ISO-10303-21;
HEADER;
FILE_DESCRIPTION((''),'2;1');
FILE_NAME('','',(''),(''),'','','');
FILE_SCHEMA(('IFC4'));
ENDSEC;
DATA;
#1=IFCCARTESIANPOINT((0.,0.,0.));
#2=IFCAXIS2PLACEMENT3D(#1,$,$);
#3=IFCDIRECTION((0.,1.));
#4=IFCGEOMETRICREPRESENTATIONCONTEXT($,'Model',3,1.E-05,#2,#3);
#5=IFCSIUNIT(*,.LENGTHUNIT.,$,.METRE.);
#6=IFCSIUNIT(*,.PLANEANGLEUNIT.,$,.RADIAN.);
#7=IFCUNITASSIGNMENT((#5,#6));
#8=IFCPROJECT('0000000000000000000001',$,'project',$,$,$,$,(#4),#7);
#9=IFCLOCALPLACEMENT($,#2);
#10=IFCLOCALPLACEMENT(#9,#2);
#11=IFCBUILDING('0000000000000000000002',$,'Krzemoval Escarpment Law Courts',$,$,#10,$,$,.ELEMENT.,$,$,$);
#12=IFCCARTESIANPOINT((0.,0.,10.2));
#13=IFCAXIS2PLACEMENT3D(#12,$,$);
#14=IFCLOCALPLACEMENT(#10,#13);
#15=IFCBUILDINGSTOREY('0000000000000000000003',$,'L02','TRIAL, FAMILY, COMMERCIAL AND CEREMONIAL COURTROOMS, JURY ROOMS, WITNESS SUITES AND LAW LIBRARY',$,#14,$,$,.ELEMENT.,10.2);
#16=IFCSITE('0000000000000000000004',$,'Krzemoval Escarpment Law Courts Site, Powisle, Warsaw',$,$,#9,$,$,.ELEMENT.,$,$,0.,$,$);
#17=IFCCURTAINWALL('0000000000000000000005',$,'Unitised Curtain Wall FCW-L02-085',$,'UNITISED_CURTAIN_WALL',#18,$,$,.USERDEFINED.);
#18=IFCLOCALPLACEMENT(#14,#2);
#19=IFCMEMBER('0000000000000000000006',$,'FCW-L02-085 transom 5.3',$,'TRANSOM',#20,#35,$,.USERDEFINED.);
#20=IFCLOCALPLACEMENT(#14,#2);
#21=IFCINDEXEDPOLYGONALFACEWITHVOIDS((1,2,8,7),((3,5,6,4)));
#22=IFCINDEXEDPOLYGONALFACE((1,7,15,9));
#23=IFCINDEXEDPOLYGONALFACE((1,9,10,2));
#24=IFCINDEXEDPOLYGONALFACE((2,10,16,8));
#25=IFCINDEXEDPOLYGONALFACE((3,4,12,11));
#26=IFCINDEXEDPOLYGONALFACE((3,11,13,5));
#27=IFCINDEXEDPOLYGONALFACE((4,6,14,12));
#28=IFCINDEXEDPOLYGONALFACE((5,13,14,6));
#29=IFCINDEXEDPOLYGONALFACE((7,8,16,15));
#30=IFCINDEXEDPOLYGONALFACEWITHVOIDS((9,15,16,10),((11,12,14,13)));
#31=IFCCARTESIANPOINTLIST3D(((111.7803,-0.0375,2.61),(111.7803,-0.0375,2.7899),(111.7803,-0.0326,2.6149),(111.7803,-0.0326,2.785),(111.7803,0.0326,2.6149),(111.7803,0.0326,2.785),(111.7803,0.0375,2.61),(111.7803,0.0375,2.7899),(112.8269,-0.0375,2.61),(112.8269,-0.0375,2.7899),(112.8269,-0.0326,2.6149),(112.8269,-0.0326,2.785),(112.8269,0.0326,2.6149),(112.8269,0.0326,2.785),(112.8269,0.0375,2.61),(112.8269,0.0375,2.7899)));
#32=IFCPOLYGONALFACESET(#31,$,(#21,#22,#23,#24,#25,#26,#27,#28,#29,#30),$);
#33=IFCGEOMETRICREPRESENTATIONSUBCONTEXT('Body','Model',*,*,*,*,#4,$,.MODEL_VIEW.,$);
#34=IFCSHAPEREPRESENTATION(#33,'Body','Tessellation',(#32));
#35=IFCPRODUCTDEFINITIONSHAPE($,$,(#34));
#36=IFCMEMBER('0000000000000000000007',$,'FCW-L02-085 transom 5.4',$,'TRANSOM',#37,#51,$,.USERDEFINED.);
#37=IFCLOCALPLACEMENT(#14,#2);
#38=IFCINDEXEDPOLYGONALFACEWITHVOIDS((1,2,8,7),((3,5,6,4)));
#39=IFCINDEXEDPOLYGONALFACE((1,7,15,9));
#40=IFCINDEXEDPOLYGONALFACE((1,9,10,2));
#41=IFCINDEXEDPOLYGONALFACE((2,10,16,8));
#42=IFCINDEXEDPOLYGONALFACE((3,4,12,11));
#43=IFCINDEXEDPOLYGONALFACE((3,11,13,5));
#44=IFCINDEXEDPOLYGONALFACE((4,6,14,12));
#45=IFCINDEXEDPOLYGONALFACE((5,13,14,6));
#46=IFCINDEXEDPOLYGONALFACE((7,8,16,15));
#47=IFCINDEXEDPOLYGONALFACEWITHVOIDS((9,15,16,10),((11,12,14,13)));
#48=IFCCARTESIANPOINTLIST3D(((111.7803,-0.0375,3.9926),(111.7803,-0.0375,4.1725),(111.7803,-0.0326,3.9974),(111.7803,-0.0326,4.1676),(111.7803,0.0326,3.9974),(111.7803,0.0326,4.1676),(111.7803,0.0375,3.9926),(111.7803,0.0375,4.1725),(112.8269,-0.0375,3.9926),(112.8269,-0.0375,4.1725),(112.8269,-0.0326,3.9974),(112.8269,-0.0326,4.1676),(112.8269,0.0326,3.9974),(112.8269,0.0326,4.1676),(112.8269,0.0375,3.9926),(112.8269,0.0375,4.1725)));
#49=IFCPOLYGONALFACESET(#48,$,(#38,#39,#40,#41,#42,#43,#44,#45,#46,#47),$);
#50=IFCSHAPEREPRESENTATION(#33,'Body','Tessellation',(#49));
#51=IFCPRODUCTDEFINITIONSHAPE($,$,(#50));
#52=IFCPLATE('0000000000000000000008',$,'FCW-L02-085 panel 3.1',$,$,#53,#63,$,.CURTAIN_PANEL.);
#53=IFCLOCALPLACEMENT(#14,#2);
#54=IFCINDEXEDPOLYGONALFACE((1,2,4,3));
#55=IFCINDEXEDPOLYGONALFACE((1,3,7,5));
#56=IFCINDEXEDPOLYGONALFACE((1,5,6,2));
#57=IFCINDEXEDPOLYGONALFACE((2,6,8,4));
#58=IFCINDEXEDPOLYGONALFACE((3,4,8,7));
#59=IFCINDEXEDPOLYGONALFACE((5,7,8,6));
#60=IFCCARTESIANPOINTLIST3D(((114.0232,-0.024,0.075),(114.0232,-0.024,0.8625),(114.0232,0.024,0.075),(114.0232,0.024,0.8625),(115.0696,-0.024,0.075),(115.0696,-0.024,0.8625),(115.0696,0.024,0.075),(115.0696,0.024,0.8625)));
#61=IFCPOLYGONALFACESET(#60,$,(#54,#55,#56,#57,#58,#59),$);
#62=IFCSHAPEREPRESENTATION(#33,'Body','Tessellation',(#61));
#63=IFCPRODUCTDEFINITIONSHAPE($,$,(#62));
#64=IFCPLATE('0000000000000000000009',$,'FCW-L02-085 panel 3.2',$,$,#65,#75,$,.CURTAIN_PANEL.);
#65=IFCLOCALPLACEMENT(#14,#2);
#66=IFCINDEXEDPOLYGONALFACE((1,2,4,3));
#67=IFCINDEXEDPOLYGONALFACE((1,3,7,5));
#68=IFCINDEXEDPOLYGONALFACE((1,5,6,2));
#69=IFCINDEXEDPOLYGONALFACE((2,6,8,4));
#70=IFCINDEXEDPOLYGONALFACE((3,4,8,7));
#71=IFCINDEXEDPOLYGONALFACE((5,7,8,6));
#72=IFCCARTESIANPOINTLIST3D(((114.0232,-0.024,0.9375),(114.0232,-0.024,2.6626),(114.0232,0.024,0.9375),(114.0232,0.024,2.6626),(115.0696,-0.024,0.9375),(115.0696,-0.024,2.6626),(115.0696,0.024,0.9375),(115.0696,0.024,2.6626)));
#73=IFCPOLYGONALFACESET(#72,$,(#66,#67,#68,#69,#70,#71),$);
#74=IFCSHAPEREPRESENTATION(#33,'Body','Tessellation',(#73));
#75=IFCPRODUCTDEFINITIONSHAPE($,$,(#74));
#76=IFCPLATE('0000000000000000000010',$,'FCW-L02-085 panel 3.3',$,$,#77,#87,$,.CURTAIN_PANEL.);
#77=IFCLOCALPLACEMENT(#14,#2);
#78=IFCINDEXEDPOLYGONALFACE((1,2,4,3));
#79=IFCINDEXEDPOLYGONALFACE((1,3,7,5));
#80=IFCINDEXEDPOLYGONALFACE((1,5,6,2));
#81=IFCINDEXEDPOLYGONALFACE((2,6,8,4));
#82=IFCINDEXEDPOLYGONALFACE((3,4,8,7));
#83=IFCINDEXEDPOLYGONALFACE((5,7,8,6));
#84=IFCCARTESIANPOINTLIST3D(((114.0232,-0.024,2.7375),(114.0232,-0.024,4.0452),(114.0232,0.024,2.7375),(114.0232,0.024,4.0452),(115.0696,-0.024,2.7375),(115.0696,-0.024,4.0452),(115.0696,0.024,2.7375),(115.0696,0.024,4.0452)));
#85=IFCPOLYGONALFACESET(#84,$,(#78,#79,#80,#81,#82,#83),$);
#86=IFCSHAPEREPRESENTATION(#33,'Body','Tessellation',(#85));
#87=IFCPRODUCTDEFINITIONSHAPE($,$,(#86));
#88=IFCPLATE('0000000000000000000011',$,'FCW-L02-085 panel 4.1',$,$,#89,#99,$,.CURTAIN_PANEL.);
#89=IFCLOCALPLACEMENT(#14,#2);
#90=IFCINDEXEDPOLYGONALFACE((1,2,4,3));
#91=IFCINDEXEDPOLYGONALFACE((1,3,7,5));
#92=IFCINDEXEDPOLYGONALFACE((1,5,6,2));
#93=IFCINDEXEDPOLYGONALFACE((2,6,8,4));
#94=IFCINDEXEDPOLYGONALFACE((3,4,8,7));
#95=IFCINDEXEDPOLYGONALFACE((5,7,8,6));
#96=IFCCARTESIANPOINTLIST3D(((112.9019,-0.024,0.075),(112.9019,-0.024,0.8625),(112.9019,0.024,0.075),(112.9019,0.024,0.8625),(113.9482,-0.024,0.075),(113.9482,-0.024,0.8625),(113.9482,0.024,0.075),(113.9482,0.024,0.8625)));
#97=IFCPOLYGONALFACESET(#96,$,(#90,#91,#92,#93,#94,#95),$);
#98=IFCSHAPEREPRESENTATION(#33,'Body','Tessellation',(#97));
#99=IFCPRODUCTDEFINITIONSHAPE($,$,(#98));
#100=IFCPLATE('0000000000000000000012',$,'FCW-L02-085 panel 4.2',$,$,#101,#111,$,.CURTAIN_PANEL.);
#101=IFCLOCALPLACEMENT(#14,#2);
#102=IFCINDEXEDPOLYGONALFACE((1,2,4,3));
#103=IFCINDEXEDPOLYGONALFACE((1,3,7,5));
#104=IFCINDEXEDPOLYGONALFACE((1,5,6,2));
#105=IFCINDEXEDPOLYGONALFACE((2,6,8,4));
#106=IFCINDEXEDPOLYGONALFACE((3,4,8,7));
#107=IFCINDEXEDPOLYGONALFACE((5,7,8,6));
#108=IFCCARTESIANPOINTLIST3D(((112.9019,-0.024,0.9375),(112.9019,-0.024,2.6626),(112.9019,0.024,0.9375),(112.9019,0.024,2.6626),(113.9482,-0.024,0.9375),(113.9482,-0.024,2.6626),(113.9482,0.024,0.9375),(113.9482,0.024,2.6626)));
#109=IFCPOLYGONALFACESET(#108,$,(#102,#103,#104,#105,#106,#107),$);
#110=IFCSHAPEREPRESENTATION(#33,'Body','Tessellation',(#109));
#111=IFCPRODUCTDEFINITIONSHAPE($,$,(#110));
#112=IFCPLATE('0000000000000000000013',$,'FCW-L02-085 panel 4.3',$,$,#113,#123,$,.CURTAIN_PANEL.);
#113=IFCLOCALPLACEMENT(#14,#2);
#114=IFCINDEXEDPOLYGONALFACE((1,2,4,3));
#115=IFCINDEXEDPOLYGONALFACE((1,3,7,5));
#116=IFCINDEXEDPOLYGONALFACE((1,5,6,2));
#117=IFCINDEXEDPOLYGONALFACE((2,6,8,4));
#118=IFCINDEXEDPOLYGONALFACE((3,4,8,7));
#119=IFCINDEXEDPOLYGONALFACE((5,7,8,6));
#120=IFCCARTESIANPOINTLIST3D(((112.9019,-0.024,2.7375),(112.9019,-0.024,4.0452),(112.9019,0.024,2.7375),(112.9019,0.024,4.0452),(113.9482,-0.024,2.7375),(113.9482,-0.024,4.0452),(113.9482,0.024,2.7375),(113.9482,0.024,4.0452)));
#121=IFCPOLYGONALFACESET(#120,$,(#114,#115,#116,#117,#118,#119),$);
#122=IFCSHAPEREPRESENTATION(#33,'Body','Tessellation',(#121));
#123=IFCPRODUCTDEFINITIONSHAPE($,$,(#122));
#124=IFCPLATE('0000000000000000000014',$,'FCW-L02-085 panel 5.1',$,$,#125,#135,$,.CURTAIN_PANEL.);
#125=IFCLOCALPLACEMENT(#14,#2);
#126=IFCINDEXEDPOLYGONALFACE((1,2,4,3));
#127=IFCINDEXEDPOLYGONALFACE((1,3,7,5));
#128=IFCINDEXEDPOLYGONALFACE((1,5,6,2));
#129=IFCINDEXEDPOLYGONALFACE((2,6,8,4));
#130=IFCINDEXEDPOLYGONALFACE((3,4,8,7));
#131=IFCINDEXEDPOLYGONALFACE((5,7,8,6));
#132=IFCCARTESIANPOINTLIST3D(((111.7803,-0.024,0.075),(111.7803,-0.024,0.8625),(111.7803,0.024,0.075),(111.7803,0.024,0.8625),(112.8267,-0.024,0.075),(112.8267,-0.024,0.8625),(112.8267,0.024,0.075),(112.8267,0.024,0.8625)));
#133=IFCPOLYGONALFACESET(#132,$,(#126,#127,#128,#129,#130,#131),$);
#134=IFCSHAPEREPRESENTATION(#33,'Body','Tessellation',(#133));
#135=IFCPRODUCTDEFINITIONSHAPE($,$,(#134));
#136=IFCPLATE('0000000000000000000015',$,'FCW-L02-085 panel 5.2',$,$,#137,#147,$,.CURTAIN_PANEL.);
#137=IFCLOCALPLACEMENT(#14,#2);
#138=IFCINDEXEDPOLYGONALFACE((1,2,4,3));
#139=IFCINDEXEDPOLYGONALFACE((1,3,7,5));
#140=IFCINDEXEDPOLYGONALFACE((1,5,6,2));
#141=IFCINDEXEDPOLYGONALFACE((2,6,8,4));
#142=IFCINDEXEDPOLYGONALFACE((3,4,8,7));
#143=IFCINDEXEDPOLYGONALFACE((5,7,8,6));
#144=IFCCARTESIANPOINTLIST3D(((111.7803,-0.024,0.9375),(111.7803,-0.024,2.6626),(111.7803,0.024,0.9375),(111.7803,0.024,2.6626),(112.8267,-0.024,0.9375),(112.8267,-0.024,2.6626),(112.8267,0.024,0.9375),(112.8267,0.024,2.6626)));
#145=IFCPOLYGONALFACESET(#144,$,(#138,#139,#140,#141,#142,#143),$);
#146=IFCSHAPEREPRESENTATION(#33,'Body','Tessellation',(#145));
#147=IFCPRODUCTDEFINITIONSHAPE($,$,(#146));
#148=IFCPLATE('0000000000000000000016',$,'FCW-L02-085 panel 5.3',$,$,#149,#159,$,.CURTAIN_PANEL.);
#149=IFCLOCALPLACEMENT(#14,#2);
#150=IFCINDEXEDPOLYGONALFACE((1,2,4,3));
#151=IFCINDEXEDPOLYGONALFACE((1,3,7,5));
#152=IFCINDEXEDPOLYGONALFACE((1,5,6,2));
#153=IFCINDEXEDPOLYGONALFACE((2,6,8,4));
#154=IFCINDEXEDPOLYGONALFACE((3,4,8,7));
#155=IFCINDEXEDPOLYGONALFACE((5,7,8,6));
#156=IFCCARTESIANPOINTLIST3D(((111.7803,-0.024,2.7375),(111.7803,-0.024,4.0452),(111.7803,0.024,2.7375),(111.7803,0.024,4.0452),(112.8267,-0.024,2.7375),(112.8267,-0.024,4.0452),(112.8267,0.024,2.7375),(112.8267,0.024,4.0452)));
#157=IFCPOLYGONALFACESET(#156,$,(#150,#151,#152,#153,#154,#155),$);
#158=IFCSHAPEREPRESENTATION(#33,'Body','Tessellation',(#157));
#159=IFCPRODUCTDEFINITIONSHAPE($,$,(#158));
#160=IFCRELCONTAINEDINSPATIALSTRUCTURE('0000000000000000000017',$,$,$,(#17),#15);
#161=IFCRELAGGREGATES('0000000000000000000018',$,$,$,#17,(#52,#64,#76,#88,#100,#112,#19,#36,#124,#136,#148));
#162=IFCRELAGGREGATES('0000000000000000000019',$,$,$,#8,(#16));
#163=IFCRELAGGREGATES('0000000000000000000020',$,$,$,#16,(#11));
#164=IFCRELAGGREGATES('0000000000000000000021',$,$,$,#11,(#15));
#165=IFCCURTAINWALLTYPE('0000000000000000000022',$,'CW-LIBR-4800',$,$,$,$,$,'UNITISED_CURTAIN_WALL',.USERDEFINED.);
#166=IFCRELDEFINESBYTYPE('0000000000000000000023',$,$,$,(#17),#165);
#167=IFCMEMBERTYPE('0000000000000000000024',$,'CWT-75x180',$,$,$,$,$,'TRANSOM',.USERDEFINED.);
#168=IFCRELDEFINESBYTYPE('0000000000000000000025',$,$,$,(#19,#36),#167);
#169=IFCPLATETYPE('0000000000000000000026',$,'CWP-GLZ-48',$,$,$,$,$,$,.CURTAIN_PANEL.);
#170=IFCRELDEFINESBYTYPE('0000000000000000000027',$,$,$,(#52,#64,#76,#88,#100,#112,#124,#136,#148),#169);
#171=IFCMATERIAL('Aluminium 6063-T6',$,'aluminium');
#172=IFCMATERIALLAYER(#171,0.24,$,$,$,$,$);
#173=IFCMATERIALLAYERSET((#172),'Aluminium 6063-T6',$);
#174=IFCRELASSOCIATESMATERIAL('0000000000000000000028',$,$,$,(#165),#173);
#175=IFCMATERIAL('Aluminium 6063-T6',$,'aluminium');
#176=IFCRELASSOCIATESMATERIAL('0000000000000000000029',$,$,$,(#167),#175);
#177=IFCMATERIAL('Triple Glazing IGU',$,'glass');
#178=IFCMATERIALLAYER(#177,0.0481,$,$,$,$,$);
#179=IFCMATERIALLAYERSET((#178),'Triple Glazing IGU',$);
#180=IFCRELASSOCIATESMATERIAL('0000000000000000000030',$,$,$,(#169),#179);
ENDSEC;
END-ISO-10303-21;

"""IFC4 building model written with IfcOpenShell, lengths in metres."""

from ifc_helpers import new_model, si_unit, direction, frame, origin, origin_2d, place, context, subcontext, project, spatial, rectangle, hollow_rectangle, extrude, material, layer, layer_set, material_profile, profile_set, type_object, element, aggregate, save


model = new_model("IFC4")

# Units and contexts
model_context = context("Model", 3, precision=1e-05, world=origin(), true_north=direction((0.0, 1.0)))
body_context = subcontext(model_context, "Body", "Model", "MODEL_VIEW")
ifc_project = project(units=[si_unit("LENGTHUNIT", "METRE"), si_unit("PLANEANGLEUNIT", "RADIAN")], contexts=[model_context])

# Site, building, storey
site_placement = place(None, origin())
site = spatial("IfcSite", under=ifc_project, at=site_placement, Name="Krzemoval Escarpment Law Courts Site, Powisle, Warsaw", CompositionType="ELEMENT", RefElevation=0.0)
building_placement = place(site_placement, origin())
building = spatial("IfcBuilding", under=site, at=building_placement, Name="Krzemoval Escarpment Law Courts", CompositionType="ELEMENT")
storey_placement = place(building_placement, frame((0.0, 0.0, 10.2)))
storey = spatial("IfcBuildingStorey", under=building, at=storey_placement, Name="L02", Description="TRIAL, FAMILY, COMMERCIAL AND CEREMONIAL COURTROOMS, JURY ROOMS, WITNESS SUITES AND LAW LIBRARY", CompositionType="ELEMENT", Elevation=10.2)

# Curtain wall, members, plates
ifc_material_1 = material(Name="Aluminium 6063-T6", Category="aluminium")
ifc_layer_1 = layer(ifc_material_1, 0.24)
ifc_layer_set_1 = layer_set([ifc_layer_1], Name="Aluminium 6063-T6")
curtain_wall_type = type_object("IfcCurtainWallType", Name="CW-LIBR-4800", ElementType="UNITISED_CURTAIN_WALL", PredefinedType="USERDEFINED", material=ifc_layer_set_1)
curtain_wall_placement = place(storey_placement, origin())
curtain_wall = element("IfcCurtainWall", 1, at=curtain_wall_placement, inside=storey, type_object=curtain_wall_type, Name="Unitised Curtain Wall FCW-L02-085", ObjectType="UNITISED_CURTAIN_WALL", PredefinedType="USERDEFINED")
ifc_material_2 = material(Name="Aluminium 6063-T6", Category="aluminium")
ifc_material_profile_1 = material_profile(ifc_material_2, hollow_rectangle(XDim=0.075, YDim=0.1799, WallThickness=0.0049, at=origin_2d()), Name="ALU T75x180")
ifc_profile_set_1 = profile_set([ifc_material_profile_1], Name="Aluminium 6063-T6")
member_type_1 = type_object("IfcMemberType", Name="CWT-75x180", ElementType="TRANSOM", PredefinedType="USERDEFINED", material=ifc_profile_set_1)
member_1_placement = place(storey_placement, frame((112.8269, 0.0, 2.7), z_axis=(-1.0, 0.0, 0.0), x_axis=(0.0, -1.0, 0.0)))
member_1 = element("IfcMember", 2, at=member_1_placement, type_object=member_type_1, Name="FCW-L02-085 transom 5.3", ObjectType="TRANSOM", PredefinedType="USERDEFINED", context=body_context, shape_type="SweptSolid", body=[
    extrude(hollow_rectangle(XDim=0.075, YDim=0.1799, WallThickness=0.0049, at=origin_2d()), origin(), (0.0, 0.0, 1.0), 1.0466),
])
member_2_placement = place(storey_placement, frame((112.8269, 0.0, 4.0825), z_axis=(-1.0, 0.0, 0.0), x_axis=(0.0, -1.0, 0.0)))
member_2 = element("IfcMember", 3, at=member_2_placement, type_object=member_type_1, Name="FCW-L02-085 transom 5.4", ObjectType="TRANSOM", PredefinedType="USERDEFINED", context=body_context, shape_type="SweptSolid", body=[
    extrude(hollow_rectangle(XDim=0.075, YDim=0.1799, WallThickness=0.0049, at=origin_2d()), origin(), (0.0, 0.0, 1.0), 1.0466),
])
ifc_material_3 = material(Name="Triple Glazing IGU", Category="glass")
ifc_layer_2 = layer(ifc_material_3, 0.0481)
ifc_layer_set_2 = layer_set([ifc_layer_2], Name="Triple Glazing IGU")
plate_type = type_object("IfcPlateType", Name="CWP-GLZ-48", PredefinedType="CURTAIN_PANEL", material=ifc_layer_set_2)
plate_1_placement = place(storey_placement, frame((114.5464, 0.0, 0.075), z_axis=(0.0, 0.0, 1.0), x_axis=(-1.0, 0.0, 0.0)))
plate_1 = element("IfcPlate", 4, at=plate_1_placement, type_object=plate_type, Name="FCW-L02-085 panel 3.1", PredefinedType="CURTAIN_PANEL", context=body_context, shape_type="SweptSolid", body=[
    extrude(rectangle(XDim=1.0464, YDim=0.0481, at=origin_2d()), origin(), (0.0, 0.0, 1.0), 0.7876),
])
plate_2_placement = place(storey_placement, frame((114.5464, 0.0, 0.9375), z_axis=(0.0, 0.0, 1.0), x_axis=(-1.0, 0.0, 0.0)))
plate_2 = element("IfcPlate", 5, at=plate_2_placement, type_object=plate_type, Name="FCW-L02-085 panel 3.2", PredefinedType="CURTAIN_PANEL", context=body_context, shape_type="SweptSolid", body=[
    extrude(rectangle(XDim=1.0464, YDim=0.0481, at=origin_2d()), origin(), (0.0, 0.0, 1.0), 1.7251),
])
plate_3_placement = place(storey_placement, frame((114.5464, 0.0, 2.7375), z_axis=(0.0, 0.0, 1.0), x_axis=(-1.0, 0.0, 0.0)))
plate_3 = element("IfcPlate", 6, at=plate_3_placement, type_object=plate_type, Name="FCW-L02-085 panel 3.3", PredefinedType="CURTAIN_PANEL", context=body_context, shape_type="SweptSolid", body=[
    extrude(rectangle(XDim=1.0464, YDim=0.0481, at=origin_2d()), origin(), (0.0, 0.0, 1.0), 1.3076),
])
plate_4_placement = place(storey_placement, frame((113.425, 0.0, 0.075), z_axis=(0.0, 0.0, 1.0), x_axis=(-1.0, 0.0, 0.0)))
plate_4 = element("IfcPlate", 7, at=plate_4_placement, type_object=plate_type, Name="FCW-L02-085 panel 4.1", PredefinedType="CURTAIN_PANEL", context=body_context, shape_type="SweptSolid", body=[
    extrude(rectangle(XDim=1.0464, YDim=0.0481, at=origin_2d()), origin(), (0.0, 0.0, 1.0), 0.7876),
])
plate_5_placement = place(storey_placement, frame((113.425, 0.0, 0.9375), z_axis=(0.0, 0.0, 1.0), x_axis=(-1.0, 0.0, 0.0)))
plate_5 = element("IfcPlate", 8, at=plate_5_placement, type_object=plate_type, Name="FCW-L02-085 panel 4.2", PredefinedType="CURTAIN_PANEL", context=body_context, shape_type="SweptSolid", body=[
    extrude(rectangle(XDim=1.0464, YDim=0.0481, at=origin_2d()), origin(), (0.0, 0.0, 1.0), 1.7251),
])
plate_6_placement = place(storey_placement, frame((113.425, 0.0, 2.7375), z_axis=(0.0, 0.0, 1.0), x_axis=(-1.0, 0.0, 0.0)))
plate_6 = element("IfcPlate", 9, at=plate_6_placement, type_object=plate_type, Name="FCW-L02-085 panel 4.3", PredefinedType="CURTAIN_PANEL", context=body_context, shape_type="SweptSolid", body=[
    extrude(rectangle(XDim=1.0464, YDim=0.0481, at=origin_2d()), origin(), (0.0, 0.0, 1.0), 1.3076),
])
plate_7_placement = place(storey_placement, frame((112.3035, 0.0, 0.075), z_axis=(0.0, 0.0, 1.0), x_axis=(-1.0, 0.0, 0.0)))
plate_7 = element("IfcPlate", 10, at=plate_7_placement, type_object=plate_type, Name="FCW-L02-085 panel 5.1", PredefinedType="CURTAIN_PANEL", context=body_context, shape_type="SweptSolid", body=[
    extrude(rectangle(XDim=1.0464, YDim=0.0481, at=origin_2d()), origin(), (0.0, 0.0, 1.0), 0.7876),
])
plate_8_placement = place(storey_placement, frame((112.3035, 0.0, 0.9375), z_axis=(0.0, 0.0, 1.0), x_axis=(-1.0, 0.0, 0.0)))
plate_8 = element("IfcPlate", 11, at=plate_8_placement, type_object=plate_type, Name="FCW-L02-085 panel 5.2", PredefinedType="CURTAIN_PANEL", context=body_context, shape_type="SweptSolid", body=[
    extrude(rectangle(XDim=1.0464, YDim=0.0481, at=origin_2d()), origin(), (0.0, 0.0, 1.0), 1.7251),
])
plate_9_placement = place(storey_placement, frame((112.3035, 0.0, 2.7375), z_axis=(0.0, 0.0, 1.0), x_axis=(-1.0, 0.0, 0.0)))
plate_9 = element("IfcPlate", 12, at=plate_9_placement, type_object=plate_type, Name="FCW-L02-085 panel 5.3", PredefinedType="CURTAIN_PANEL", context=body_context, shape_type="SweptSolid", body=[
    extrude(rectangle(XDim=1.0464, YDim=0.0481, at=origin_2d()), origin(), (0.0, 0.0, 1.0), 1.3076),
])
aggregate(curtain_wall, [plate_1, plate_2, plate_3, plate_4, plate_5, plate_6, member_1, member_2, plate_7, plate_8, plate_9])

save(model, "model.ifc")
